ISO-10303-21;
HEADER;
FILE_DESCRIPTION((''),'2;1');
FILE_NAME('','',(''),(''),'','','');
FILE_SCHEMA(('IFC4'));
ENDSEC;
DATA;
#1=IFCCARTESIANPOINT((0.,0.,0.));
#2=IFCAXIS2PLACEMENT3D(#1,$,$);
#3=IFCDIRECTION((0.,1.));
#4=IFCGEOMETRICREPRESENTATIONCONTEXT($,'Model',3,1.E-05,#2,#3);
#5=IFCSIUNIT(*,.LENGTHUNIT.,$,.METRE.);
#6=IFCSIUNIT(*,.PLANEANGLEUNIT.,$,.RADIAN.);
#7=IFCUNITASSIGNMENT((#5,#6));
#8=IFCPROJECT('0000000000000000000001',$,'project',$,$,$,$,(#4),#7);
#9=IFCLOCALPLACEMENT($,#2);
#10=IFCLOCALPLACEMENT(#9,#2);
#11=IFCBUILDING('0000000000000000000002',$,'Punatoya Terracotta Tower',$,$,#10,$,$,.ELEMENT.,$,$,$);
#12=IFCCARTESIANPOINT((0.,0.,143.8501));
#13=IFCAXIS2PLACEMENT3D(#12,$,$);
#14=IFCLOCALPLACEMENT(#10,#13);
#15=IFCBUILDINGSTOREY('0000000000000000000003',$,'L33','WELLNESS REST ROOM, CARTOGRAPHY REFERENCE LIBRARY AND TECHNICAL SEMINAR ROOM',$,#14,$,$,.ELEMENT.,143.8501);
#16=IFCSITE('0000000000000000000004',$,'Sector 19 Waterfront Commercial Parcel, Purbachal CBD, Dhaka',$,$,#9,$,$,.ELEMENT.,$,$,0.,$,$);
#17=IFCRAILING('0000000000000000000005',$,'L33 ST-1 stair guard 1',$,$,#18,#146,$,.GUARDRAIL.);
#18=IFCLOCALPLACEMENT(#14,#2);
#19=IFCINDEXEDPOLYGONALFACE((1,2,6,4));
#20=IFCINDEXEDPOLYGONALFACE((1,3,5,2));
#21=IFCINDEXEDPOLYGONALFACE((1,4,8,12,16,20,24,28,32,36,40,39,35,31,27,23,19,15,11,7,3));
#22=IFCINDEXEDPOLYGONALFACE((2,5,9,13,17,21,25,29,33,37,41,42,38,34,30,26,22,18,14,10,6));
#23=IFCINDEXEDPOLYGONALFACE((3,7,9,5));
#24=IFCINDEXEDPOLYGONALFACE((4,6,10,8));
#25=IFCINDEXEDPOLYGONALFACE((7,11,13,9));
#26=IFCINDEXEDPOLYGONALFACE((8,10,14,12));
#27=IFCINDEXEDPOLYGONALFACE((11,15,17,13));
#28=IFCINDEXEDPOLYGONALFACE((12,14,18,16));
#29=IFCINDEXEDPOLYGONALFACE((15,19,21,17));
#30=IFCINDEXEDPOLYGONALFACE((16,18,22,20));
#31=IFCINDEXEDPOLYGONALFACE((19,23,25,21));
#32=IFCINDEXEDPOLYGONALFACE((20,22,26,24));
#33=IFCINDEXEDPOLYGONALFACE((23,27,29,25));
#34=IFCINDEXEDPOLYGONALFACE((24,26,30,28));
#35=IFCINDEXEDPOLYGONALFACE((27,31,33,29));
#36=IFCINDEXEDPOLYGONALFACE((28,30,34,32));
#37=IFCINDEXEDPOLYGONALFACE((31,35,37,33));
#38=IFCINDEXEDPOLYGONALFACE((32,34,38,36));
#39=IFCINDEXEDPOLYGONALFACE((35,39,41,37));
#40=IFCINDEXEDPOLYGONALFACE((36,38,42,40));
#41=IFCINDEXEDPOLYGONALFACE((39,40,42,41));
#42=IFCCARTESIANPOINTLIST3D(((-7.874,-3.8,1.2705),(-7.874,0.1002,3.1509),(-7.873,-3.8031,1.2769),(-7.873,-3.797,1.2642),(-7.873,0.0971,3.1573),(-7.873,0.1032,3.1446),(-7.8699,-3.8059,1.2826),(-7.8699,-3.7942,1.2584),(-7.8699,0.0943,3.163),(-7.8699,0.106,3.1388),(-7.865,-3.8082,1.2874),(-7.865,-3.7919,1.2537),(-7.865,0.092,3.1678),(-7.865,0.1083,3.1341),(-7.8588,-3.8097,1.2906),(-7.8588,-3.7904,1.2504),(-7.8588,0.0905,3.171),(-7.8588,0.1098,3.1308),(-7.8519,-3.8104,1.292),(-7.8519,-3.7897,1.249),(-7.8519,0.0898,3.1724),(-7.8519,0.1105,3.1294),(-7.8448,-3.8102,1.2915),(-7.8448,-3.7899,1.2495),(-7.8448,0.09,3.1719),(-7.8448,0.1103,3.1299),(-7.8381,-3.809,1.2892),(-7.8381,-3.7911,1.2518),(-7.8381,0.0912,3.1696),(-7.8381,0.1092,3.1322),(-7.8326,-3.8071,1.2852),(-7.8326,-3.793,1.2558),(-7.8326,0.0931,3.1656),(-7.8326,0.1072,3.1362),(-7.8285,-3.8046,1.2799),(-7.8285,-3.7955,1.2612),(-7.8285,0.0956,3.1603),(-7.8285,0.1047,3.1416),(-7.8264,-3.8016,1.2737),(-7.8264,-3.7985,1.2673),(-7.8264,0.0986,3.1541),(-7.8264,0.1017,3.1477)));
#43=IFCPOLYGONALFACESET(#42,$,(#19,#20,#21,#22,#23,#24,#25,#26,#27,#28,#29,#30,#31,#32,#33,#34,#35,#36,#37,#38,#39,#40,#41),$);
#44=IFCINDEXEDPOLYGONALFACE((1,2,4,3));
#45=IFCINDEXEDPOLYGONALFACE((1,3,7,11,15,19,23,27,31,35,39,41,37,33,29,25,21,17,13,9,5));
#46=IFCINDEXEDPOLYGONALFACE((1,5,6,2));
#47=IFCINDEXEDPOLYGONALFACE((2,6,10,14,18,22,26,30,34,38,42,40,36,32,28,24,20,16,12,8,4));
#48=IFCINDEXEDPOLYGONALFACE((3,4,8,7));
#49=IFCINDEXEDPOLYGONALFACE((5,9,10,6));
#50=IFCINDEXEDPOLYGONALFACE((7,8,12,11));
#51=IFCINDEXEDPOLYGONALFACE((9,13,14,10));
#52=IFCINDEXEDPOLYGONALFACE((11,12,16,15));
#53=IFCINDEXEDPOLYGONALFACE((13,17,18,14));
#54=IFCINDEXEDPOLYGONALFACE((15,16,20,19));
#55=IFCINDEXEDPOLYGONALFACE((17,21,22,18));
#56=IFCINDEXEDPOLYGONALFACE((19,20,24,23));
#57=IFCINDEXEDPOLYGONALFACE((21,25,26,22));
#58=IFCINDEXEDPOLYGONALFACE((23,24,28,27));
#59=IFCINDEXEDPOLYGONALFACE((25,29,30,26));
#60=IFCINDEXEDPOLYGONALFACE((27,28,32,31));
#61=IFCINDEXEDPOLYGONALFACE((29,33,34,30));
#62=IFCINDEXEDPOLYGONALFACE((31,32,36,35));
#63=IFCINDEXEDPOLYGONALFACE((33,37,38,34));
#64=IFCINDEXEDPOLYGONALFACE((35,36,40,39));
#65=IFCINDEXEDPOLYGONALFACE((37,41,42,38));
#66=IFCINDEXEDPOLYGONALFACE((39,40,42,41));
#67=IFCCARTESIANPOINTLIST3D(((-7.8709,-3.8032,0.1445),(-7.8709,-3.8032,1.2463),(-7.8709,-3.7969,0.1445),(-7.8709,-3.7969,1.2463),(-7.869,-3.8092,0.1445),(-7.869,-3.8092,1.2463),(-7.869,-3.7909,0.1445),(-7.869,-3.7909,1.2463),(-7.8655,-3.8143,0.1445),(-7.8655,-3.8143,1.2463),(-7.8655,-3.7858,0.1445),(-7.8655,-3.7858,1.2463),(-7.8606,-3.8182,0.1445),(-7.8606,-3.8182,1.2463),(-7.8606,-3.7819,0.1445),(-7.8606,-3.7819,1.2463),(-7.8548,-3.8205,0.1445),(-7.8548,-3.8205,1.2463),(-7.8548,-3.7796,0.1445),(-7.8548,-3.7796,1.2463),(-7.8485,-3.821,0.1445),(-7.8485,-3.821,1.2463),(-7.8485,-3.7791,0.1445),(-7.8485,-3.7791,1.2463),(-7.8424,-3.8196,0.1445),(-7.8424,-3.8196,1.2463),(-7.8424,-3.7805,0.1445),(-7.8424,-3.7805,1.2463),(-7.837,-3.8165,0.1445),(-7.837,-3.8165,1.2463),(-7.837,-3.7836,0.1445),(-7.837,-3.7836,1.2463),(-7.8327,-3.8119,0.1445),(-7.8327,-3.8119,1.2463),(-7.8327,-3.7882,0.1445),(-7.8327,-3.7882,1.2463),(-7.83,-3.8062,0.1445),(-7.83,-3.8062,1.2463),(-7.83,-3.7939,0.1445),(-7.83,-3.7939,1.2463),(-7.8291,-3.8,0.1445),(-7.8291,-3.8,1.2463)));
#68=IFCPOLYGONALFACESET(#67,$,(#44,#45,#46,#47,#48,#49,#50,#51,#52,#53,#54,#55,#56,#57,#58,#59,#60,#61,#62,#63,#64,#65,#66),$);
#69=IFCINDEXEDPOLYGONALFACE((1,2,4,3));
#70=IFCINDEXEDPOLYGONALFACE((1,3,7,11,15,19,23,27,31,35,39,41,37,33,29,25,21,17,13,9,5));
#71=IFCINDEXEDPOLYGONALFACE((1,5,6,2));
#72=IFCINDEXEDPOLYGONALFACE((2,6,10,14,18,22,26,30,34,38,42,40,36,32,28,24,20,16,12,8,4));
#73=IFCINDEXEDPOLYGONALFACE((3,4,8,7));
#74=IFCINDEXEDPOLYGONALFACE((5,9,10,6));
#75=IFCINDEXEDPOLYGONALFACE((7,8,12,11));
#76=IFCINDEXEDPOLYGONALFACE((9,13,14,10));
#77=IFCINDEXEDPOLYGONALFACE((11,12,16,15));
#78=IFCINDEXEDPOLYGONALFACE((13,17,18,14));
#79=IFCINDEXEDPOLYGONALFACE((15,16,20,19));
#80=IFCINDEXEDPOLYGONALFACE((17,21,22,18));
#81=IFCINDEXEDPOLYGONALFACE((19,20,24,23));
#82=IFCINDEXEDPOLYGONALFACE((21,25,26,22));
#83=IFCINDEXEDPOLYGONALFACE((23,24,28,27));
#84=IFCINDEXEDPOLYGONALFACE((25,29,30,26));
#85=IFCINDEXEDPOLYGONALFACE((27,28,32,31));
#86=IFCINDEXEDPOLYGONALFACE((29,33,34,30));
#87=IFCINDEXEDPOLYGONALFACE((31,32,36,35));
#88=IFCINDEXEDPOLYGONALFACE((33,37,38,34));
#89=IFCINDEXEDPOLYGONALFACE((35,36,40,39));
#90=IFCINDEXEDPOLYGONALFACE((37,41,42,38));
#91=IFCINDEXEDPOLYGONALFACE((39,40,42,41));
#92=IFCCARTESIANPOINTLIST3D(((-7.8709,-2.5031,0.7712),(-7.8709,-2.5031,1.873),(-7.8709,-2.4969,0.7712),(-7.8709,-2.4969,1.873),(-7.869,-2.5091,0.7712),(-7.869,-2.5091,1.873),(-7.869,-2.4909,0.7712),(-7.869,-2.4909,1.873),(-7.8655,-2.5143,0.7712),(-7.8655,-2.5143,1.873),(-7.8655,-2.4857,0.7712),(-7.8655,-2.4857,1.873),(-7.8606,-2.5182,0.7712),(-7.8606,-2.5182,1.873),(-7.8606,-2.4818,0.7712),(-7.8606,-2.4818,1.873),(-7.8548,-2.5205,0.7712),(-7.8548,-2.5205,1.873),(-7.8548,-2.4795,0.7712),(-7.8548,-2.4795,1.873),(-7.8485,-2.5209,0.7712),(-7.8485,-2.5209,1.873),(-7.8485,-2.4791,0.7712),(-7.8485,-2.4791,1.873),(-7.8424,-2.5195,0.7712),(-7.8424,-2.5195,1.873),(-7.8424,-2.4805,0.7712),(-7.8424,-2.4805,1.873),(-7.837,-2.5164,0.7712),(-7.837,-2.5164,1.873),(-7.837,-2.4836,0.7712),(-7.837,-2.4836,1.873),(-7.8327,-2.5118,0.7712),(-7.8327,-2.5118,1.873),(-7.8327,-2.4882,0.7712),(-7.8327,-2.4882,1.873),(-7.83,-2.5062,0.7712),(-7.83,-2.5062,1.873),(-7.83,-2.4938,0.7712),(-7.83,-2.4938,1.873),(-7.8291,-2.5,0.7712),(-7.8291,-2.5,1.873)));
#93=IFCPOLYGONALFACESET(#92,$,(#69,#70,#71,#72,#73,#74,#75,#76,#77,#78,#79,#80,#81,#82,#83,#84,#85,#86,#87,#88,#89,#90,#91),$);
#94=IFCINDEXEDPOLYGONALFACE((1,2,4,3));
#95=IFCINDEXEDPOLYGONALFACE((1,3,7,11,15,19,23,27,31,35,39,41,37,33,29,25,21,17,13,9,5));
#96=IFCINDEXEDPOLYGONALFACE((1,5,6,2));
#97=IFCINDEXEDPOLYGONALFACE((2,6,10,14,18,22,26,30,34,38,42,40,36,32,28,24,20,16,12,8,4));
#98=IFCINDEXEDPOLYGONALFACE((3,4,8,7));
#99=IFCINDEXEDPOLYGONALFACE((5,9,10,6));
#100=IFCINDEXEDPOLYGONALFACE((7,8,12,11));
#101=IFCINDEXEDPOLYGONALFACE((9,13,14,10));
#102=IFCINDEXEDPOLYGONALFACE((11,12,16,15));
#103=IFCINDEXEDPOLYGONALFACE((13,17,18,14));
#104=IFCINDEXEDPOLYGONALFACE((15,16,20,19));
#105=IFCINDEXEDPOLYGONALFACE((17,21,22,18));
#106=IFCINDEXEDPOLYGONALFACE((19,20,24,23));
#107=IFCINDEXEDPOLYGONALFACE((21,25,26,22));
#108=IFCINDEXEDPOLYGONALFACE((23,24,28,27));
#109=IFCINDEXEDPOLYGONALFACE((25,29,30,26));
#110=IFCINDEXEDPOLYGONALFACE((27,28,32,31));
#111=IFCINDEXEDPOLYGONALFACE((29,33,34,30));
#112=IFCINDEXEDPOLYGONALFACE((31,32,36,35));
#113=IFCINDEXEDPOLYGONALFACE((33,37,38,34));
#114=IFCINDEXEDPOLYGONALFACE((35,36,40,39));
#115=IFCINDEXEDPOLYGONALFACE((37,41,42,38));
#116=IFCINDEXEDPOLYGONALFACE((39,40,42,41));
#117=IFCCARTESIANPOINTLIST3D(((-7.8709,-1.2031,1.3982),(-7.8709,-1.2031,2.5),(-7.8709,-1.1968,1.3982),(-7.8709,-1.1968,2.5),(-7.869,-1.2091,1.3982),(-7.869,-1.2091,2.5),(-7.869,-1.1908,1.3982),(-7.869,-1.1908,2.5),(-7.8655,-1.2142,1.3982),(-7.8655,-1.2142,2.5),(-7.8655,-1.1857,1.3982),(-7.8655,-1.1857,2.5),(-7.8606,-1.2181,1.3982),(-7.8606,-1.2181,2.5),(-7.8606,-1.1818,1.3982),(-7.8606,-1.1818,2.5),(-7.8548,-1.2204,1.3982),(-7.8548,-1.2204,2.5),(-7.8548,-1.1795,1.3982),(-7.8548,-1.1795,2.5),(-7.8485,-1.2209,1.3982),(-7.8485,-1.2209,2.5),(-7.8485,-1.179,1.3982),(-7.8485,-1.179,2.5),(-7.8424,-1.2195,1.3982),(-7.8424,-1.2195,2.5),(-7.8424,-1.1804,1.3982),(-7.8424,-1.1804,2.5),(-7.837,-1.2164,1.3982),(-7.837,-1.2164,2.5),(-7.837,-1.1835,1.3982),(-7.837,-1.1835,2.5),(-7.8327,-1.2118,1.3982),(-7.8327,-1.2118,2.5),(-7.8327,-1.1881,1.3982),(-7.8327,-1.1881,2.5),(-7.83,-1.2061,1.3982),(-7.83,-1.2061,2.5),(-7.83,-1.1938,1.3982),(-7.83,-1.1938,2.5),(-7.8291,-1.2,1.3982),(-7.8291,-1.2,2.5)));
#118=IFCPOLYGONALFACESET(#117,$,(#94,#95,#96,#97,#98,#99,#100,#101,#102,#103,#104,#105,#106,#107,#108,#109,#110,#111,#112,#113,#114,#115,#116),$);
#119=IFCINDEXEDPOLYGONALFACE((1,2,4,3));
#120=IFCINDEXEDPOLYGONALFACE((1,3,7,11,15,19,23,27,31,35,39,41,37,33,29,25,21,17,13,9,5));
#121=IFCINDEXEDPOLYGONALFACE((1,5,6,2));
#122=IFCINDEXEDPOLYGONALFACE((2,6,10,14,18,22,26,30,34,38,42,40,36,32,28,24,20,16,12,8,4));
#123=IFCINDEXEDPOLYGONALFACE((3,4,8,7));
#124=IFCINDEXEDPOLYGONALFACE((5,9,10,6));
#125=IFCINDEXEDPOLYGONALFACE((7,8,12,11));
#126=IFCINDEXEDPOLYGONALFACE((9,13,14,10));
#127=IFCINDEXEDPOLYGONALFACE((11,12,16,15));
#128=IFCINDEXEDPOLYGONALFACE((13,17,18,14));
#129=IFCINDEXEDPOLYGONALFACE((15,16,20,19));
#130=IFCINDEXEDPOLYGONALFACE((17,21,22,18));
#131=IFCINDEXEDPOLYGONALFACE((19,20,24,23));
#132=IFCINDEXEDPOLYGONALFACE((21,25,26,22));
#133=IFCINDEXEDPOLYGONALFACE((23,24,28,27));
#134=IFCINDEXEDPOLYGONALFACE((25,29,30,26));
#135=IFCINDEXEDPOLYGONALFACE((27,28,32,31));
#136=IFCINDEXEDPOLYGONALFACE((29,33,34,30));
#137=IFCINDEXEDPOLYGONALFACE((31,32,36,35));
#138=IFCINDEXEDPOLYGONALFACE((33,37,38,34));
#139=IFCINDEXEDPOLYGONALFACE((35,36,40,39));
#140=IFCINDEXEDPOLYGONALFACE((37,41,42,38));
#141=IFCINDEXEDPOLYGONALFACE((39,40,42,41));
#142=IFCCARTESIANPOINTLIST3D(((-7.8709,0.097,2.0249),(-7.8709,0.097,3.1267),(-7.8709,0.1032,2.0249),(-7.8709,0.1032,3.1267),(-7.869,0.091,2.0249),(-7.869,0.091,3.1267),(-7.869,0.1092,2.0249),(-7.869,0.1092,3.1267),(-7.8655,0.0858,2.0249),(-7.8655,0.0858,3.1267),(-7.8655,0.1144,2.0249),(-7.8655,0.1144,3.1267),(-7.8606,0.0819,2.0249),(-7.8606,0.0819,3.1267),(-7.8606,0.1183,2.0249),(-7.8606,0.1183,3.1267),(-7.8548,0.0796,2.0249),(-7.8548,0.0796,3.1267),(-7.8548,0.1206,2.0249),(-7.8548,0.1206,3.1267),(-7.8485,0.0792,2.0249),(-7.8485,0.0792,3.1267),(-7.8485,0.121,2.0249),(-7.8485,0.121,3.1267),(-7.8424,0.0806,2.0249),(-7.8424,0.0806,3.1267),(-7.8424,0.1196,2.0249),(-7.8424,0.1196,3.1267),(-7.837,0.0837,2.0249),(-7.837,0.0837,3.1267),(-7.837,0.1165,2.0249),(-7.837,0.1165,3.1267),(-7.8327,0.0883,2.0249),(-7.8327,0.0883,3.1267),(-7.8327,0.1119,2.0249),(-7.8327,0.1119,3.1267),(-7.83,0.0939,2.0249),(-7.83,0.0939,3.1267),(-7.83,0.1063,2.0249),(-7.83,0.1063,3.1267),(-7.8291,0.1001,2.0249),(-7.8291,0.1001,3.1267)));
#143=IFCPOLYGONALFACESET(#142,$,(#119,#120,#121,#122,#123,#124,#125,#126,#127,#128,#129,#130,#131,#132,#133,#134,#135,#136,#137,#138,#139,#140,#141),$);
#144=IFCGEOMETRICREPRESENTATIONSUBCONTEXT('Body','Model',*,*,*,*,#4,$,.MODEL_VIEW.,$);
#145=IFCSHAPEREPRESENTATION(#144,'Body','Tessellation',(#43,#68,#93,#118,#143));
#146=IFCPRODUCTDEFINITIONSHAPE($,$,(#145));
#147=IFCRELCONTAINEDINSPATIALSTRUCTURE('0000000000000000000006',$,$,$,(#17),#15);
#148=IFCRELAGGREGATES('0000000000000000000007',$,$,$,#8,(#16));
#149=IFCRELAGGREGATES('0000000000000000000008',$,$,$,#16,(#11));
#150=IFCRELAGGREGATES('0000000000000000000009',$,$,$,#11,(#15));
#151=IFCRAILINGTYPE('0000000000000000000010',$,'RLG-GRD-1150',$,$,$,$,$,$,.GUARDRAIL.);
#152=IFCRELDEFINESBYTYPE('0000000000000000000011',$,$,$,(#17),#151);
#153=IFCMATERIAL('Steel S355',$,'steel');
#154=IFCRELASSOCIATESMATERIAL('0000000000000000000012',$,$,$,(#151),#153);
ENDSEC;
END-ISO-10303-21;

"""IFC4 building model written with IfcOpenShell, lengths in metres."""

from ifc_helpers import new_model, si_unit, direction, frame, origin, origin_2d, place, context, subcontext, project, spatial, circle, extrude, material, type_object, element, save


model = new_model("IFC4")

# Units and contexts
model_context = context("Model", 3, precision=1e-05, world=origin(), true_north=direction((0.0, 1.0)))
body_context = subcontext(model_context, "Body", "Model", "MODEL_VIEW")
ifc_project = project(units=[si_unit("LENGTHUNIT", "METRE"), si_unit("PLANEANGLEUNIT", "RADIAN")], contexts=[model_context])

# Site, building, storey
site_placement = place(None, origin())
site = spatial("IfcSite", under=ifc_project, at=site_placement, Name="Sector 19 Waterfront Commercial Parcel, Purbachal CBD, Dhaka", CompositionType="ELEMENT", RefElevation=0.0)
building_placement = place(site_placement, origin())
building = spatial("IfcBuilding", under=site, at=building_placement, Name="Punatoya Terracotta Tower", CompositionType="ELEMENT")
storey_placement = place(building_placement, frame((0.0, 0.0, 143.8501)))
storey = spatial("IfcBuildingStorey", under=building, at=storey_placement, Name="L33", Description="WELLNESS REST ROOM, CARTOGRAPHY REFERENCE LIBRARY AND TECHNICAL SEMINAR ROOM", CompositionType="ELEMENT", Elevation=143.8501)

# Shared definitions
ifc_material_1 = material(Name="Steel S355", Category="steel")

# Railing
railing_type_1 = type_object("IfcRailingType", Name="RLG-GRD-1150", PredefinedType="GUARDRAIL", material=ifc_material_1)
railing_1_placement = place(storey_placement, frame((-7.8501, -3.8, 0.1445)))
element("IfcRailing", 1, at=railing_1_placement, inside=storey, type_object=railing_type_1, Name="L33 ST-1 stair guard 1", PredefinedType="GUARDRAIL", context=body_context, shape_type="SweptSolid", body=[
    extrude(circle(Radius=0.0239, at=origin_2d()), frame((0.0, 0.0, 1.126), z_axis=(0.0, 0.900774, 0.434289), x_axis=(-1.0, 0.0, 0.0)), (0.0, 0.0, 1.0), 4.3298),
    extrude(circle(Radius=0.021, at=origin_2d()), origin(), (0.0, 0.0, 1.0), 1.1018),
    extrude(circle(Radius=0.021, at=origin_2d()), frame((0.0, 1.3, 0.6267)), (0.0, 0.0, 1.0), 1.1018),
    extrude(circle(Radius=0.021, at=origin_2d()), frame((0.0, 2.6001, 1.2537)), (0.0, 0.0, 1.0), 1.1018),
    extrude(circle(Radius=0.021, at=origin_2d()), frame((0.0, 3.9001, 1.8804)), (0.0, 0.0, 1.0), 1.1018),
])

save(model, "model.ifc")
